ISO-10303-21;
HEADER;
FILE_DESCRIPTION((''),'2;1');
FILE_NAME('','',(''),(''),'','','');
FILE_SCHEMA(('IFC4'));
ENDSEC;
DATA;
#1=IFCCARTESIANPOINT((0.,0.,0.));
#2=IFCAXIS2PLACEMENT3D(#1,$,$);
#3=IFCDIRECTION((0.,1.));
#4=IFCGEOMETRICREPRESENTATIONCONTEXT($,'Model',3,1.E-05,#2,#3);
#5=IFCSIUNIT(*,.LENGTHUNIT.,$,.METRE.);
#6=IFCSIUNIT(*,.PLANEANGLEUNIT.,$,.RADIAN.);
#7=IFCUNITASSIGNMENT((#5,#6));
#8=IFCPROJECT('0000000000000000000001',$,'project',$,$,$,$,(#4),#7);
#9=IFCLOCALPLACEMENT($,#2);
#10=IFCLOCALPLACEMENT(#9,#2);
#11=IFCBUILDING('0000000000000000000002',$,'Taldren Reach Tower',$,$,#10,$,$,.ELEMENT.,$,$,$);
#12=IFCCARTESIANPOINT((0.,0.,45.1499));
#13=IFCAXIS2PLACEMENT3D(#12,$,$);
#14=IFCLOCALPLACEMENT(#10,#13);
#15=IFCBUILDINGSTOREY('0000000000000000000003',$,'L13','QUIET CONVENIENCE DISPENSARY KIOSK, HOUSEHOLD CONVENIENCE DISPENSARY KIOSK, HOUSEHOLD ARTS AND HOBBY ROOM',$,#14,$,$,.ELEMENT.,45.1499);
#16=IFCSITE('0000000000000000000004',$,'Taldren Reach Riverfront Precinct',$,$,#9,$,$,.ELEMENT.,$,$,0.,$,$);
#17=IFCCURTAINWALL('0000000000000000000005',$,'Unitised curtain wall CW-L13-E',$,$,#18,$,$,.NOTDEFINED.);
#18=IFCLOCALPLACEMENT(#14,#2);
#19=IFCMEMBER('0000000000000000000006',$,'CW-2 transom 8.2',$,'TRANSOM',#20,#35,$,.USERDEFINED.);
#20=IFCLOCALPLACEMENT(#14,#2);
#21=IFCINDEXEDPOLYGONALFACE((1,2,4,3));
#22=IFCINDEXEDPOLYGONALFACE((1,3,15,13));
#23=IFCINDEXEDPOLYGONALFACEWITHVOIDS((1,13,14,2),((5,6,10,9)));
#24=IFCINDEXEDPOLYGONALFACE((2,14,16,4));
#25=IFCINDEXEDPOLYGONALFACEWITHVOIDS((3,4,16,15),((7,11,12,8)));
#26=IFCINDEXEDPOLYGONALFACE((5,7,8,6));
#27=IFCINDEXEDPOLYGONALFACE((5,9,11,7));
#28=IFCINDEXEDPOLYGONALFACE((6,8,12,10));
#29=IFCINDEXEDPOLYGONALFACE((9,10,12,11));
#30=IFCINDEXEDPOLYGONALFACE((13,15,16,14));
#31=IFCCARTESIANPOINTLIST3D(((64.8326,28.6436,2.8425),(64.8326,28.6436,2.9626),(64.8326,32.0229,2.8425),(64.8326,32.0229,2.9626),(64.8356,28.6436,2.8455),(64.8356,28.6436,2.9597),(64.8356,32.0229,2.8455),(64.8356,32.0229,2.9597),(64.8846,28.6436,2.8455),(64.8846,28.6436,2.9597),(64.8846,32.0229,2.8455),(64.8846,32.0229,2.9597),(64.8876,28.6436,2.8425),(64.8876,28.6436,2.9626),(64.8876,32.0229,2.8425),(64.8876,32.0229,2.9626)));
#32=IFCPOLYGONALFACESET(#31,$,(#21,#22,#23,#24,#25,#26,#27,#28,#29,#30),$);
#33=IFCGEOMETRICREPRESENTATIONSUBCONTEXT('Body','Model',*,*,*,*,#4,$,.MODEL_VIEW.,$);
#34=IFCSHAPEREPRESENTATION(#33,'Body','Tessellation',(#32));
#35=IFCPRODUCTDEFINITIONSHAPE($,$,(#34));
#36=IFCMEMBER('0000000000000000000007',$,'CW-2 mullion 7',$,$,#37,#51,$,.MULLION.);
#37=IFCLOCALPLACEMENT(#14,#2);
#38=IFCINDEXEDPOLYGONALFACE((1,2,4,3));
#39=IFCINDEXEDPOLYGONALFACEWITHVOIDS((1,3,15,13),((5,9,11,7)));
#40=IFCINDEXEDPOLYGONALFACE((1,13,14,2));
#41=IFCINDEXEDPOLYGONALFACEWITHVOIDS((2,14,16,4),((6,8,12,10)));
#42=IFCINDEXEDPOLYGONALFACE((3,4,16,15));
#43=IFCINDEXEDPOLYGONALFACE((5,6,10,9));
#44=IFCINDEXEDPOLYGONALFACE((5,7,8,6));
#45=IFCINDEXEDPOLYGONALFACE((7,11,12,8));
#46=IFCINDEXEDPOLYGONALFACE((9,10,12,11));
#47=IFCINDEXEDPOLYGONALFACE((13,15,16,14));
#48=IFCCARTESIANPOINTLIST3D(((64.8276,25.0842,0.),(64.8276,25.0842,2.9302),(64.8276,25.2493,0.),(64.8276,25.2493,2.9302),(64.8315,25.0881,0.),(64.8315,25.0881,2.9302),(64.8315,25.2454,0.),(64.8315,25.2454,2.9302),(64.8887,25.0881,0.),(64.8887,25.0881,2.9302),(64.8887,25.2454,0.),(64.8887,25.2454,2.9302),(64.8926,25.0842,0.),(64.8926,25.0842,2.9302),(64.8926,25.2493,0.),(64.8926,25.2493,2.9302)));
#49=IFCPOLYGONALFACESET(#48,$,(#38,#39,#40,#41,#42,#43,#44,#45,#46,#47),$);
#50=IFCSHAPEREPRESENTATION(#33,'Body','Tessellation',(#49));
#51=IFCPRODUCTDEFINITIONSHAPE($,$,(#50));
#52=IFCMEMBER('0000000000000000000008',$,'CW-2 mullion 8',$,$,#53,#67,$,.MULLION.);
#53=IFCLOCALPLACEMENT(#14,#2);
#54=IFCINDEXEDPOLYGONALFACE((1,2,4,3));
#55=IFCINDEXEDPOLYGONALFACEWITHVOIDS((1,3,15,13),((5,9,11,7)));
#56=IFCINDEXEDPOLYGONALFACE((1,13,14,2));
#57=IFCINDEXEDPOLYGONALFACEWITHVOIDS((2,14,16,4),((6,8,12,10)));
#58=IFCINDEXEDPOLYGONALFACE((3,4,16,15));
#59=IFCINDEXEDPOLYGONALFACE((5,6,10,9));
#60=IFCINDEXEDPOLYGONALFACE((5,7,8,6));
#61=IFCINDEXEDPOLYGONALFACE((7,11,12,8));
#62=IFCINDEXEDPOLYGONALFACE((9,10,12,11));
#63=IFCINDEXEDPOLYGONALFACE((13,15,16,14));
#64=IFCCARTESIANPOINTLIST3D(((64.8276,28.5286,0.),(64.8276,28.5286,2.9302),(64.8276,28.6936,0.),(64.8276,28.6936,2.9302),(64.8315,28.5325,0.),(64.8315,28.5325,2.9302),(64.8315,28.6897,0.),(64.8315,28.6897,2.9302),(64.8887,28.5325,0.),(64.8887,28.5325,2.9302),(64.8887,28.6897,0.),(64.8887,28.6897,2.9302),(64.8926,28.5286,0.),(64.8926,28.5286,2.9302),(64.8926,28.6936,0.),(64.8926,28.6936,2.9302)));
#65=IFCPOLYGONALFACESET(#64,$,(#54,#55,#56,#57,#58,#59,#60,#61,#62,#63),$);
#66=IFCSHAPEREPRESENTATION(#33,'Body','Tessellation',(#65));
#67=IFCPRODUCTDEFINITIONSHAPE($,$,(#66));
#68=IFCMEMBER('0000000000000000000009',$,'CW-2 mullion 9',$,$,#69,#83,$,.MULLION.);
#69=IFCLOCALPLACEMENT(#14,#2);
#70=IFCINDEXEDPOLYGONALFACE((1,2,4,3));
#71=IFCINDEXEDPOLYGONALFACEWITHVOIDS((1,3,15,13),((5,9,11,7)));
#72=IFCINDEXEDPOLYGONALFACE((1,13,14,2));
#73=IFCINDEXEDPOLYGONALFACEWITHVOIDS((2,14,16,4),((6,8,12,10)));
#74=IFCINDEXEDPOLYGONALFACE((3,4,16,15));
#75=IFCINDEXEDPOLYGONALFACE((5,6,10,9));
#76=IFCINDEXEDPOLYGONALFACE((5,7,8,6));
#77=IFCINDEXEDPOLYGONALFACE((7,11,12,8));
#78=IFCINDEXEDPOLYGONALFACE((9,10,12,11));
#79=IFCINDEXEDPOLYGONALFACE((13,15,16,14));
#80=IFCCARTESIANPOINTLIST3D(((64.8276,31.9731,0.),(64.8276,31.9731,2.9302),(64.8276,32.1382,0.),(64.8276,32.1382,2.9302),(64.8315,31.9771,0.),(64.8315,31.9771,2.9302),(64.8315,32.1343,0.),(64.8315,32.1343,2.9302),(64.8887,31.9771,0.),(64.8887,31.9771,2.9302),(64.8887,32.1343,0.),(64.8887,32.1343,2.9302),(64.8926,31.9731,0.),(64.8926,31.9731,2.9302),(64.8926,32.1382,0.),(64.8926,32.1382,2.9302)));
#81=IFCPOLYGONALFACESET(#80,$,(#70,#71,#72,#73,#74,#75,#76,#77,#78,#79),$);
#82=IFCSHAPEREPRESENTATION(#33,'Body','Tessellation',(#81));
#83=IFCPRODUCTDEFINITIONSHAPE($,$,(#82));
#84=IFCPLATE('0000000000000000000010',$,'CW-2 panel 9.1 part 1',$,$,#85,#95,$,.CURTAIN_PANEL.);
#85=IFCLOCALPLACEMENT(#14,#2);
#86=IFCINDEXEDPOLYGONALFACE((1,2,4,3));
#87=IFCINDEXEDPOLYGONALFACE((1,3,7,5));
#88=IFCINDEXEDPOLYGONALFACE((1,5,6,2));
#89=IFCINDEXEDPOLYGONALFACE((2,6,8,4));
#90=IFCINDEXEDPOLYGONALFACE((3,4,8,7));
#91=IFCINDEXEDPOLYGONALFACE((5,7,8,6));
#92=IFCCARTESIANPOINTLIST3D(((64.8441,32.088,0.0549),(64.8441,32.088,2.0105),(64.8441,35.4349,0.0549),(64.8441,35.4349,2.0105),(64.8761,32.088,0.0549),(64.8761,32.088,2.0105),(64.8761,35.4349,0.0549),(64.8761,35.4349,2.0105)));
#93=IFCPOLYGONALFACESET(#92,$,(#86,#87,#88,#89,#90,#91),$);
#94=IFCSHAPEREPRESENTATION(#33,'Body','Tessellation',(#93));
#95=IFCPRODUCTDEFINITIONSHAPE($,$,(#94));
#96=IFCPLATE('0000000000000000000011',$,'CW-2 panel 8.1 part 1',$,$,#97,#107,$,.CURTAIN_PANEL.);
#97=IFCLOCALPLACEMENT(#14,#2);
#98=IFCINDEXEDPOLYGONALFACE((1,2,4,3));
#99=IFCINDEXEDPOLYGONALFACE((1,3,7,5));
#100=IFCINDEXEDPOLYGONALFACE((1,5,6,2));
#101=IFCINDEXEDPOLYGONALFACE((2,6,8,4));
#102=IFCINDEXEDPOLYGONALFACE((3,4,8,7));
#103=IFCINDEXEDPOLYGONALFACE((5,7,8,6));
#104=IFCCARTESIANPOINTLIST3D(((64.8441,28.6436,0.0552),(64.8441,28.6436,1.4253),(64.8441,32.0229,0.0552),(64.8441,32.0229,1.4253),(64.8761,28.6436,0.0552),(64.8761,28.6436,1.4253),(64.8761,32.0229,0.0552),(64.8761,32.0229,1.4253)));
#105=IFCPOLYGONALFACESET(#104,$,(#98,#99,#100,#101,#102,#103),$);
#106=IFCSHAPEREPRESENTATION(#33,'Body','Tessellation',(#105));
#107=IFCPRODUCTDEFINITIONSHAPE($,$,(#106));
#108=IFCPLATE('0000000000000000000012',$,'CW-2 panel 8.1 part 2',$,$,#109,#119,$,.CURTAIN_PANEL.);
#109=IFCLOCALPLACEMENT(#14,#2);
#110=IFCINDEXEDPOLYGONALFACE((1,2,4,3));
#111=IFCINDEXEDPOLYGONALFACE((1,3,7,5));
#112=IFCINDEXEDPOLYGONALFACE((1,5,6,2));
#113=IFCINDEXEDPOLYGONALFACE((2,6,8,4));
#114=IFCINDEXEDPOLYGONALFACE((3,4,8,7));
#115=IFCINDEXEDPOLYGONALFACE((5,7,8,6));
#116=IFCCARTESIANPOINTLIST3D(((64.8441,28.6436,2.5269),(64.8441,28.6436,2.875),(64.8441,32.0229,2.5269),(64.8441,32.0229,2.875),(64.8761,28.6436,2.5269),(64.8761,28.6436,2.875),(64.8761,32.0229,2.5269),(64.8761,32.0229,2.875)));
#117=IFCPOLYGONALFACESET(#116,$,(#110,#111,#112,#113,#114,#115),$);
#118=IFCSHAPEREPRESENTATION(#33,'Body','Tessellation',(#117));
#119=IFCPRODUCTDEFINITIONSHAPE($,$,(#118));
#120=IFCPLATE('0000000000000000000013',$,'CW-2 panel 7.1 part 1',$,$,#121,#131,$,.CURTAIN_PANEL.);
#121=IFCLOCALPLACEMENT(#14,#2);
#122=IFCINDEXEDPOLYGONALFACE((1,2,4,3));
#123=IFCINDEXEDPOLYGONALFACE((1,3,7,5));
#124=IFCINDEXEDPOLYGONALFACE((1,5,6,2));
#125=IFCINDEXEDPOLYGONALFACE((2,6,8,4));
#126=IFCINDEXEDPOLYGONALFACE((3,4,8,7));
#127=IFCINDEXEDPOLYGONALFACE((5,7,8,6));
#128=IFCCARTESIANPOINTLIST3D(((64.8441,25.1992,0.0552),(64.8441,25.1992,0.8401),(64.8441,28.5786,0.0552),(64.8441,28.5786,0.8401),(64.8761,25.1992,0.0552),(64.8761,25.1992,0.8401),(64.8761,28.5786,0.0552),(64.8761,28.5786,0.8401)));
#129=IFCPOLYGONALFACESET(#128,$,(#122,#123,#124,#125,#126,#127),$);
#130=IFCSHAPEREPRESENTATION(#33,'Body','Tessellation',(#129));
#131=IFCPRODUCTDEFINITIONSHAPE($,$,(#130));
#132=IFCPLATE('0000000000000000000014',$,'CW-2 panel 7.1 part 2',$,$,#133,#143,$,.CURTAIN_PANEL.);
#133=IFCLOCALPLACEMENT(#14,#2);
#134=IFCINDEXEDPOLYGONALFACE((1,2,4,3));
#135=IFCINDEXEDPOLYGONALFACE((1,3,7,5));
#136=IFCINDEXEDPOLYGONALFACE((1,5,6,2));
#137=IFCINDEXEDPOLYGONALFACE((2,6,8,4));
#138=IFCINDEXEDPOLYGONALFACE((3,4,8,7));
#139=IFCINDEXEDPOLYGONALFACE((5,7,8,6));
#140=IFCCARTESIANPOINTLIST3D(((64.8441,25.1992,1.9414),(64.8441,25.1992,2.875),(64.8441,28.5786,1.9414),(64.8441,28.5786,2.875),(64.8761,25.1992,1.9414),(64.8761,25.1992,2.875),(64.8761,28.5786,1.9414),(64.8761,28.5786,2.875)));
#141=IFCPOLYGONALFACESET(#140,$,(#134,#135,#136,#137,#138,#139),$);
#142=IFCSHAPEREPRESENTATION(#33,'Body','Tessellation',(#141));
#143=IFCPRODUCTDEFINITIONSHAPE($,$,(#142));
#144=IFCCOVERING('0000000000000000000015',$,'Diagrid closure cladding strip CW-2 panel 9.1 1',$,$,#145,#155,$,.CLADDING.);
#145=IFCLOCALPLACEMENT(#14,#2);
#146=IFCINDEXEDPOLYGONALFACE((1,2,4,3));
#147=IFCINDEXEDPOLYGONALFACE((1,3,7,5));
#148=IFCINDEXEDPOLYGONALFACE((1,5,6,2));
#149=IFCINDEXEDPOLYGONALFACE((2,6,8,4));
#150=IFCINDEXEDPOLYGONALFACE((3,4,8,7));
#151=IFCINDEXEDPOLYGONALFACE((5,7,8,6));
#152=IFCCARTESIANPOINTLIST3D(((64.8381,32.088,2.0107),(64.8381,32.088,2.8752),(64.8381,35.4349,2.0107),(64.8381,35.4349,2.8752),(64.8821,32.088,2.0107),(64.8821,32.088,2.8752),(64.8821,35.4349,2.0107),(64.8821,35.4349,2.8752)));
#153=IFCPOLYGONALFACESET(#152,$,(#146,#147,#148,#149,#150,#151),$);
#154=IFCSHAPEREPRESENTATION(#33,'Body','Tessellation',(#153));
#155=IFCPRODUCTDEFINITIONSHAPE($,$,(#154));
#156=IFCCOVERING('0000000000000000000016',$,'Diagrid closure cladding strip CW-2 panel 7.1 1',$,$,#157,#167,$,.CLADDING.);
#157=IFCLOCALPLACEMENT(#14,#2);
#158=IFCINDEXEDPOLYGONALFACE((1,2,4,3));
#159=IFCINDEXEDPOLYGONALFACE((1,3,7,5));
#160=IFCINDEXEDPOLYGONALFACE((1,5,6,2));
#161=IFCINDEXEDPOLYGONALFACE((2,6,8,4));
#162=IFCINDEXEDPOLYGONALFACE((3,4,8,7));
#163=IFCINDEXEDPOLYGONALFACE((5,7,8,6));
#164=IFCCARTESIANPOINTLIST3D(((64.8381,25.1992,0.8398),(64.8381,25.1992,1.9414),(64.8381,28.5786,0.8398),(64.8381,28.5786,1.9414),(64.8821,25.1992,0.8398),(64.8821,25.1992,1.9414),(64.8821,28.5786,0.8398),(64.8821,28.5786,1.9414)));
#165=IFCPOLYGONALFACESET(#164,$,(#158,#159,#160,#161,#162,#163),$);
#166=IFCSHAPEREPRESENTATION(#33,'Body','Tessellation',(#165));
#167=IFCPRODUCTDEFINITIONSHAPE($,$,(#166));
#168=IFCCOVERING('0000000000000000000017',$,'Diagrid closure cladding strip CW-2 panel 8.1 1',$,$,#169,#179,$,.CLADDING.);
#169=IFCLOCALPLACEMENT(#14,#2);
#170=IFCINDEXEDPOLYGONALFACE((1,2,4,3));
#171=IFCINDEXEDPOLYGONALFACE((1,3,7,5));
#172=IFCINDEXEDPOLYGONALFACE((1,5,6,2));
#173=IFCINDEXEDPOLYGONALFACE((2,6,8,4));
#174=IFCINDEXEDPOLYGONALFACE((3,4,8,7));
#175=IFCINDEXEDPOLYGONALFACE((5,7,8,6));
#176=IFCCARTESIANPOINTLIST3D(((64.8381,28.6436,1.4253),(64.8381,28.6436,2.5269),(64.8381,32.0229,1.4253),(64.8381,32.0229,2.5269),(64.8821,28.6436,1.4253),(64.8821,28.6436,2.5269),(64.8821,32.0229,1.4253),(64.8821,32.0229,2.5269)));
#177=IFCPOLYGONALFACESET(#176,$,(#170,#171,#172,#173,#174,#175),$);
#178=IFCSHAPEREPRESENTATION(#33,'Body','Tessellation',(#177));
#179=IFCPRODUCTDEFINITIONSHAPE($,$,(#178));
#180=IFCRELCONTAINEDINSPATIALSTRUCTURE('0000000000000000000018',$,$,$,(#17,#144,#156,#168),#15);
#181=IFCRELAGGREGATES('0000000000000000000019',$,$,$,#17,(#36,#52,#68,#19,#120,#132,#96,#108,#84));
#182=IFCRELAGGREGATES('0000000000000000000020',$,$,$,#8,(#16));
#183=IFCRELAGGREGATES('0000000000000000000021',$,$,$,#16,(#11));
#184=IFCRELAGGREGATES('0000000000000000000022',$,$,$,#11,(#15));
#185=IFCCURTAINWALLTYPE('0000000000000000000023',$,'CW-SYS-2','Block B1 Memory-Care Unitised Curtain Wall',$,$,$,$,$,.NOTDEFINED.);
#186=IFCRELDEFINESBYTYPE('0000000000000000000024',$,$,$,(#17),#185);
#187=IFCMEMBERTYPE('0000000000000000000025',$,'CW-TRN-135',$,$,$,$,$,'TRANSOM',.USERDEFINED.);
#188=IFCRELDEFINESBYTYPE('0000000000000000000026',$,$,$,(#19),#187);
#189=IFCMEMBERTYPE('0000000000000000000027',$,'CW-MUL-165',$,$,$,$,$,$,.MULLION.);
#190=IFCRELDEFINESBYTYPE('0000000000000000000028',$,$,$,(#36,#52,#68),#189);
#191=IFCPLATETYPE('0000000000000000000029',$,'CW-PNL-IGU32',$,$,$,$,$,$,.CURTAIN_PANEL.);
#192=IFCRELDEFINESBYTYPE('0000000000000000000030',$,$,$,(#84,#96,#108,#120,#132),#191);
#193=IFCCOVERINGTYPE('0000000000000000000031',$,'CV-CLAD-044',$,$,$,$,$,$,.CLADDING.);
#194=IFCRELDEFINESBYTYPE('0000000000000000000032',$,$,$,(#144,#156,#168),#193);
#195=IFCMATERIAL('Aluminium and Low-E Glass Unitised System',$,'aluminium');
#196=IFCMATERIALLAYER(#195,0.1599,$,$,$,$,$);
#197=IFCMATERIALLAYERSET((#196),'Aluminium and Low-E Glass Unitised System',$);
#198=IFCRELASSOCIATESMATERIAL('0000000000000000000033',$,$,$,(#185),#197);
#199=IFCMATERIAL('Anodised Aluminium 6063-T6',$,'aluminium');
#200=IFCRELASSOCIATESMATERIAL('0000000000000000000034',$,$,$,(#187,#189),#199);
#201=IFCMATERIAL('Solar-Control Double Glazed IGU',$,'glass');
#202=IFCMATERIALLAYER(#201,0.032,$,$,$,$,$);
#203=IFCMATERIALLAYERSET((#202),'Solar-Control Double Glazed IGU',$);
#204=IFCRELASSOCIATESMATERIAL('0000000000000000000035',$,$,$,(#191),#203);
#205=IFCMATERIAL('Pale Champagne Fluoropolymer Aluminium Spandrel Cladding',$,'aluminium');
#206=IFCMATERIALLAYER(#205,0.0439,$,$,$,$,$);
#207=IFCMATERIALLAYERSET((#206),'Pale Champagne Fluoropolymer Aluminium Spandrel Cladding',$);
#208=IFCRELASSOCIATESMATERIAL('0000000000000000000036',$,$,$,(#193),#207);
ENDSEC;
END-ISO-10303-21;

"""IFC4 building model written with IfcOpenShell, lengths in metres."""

from ifc_helpers import new_model, si_unit, direction, frame, origin, origin_2d, place, context, subcontext, project, spatial, rectangle, hollow_rectangle, extrude, source, transform, mapped, material, layer, layer_set, material_profile, profile_set, type_object, element, aggregate, save


model = new_model("IFC4")

# Units and contexts
model_context = context("Model", 3, precision=1e-05, world=origin(), true_north=direction((0.0, 1.0)))
body_context = subcontext(model_context, "Body", "Model", "MODEL_VIEW")
ifc_project = project(units=[si_unit("LENGTHUNIT", "METRE"), si_unit("PLANEANGLEUNIT", "RADIAN")], contexts=[model_context])

# Site, building, storey
site_placement = place(None, origin())
site = spatial("IfcSite", under=ifc_project, at=site_placement, Name="Taldren Reach Riverfront Precinct", CompositionType="ELEMENT", RefElevation=0.0)
building_placement = place(site_placement, origin())
building = spatial("IfcBuilding", under=site, at=building_placement, Name="Taldren Reach Tower", CompositionType="ELEMENT")
storey_placement = place(building_placement, frame((0.0, 0.0, 45.1499)))
storey = spatial("IfcBuildingStorey", under=building, at=storey_placement, Name="L13", Description="QUIET CONVENIENCE DISPENSARY KIOSK, HOUSEHOLD CONVENIENCE DISPENSARY KIOSK, HOUSEHOLD ARTS AND HOBBY ROOM", CompositionType="ELEMENT", Elevation=45.1499)

# Curtain wall, members, plates
ifc_material_1 = material(Name="Aluminium and Low-E Glass Unitised System", Category="aluminium")
ifc_layer_1 = layer(ifc_material_1, 0.1599)
ifc_layer_set_1 = layer_set([ifc_layer_1], Name="Aluminium and Low-E Glass Unitised System")
curtain_wall_type = type_object("IfcCurtainWallType", Name="CW-SYS-2", Description="Block B1 Memory-Care Unitised Curtain Wall", PredefinedType="NOTDEFINED", material=ifc_layer_set_1)
curtain_wall_placement = place(storey_placement, origin())
curtain_wall = element("IfcCurtainWall", 1, at=curtain_wall_placement, inside=storey, type_object=curtain_wall_type, Name="Unitised curtain wall CW-L13-E", PredefinedType="NOTDEFINED")
ifc_material_2 = material(Name="Anodised Aluminium 6063-T6", Category="aluminium")
ifc_material_profile_1 = material_profile(ifc_material_2, hollow_rectangle(XDim=0.0549, YDim=0.1201, WallThickness=0.0029, at=origin_2d()), Name="ALU-120x55x3RHS")
ifc_profile_set_1 = profile_set([ifc_material_profile_1], Name="Anodised Aluminium 6063-T6")
member_type_1 = type_object("IfcMemberType", Name="CW-TRN-135", ElementType="TRANSOM", PredefinedType="USERDEFINED", material=ifc_profile_set_1)
shared_shape_1 = source(origin(), body_context, "Body", "SweptSolid", [
    extrude(hollow_rectangle(XDim=0.0549, YDim=0.1201, WallThickness=0.0029, at=origin_2d()), origin(), (0.0, 0.0, 1.0), 3.3794),
])
member_1_placement = place(storey_placement, frame((64.8601, 28.6436, 2.9026), z_axis=(0.0, 1.0, 0.0), x_axis=(-1.0, 0.0, 0.0)))
member_1 = element("IfcMember", 2, at=member_1_placement, type_object=member_type_1, Name="CW-2 transom 8.2", ObjectType="TRANSOM", PredefinedType="USERDEFINED", context=body_context, shape_type="MappedRepresentation", body=[
    mapped(shared_shape_1, transform((0.0, 0.0, 0.0), scale=1.0)),
])
ifc_material_profile_2 = material_profile(ifc_material_2, hollow_rectangle(XDim=0.0649, YDim=0.165, WallThickness=0.0039, at=origin_2d()), Name="ALU-165x65x4RHS")
ifc_profile_set_2 = profile_set([ifc_material_profile_2], Name="Anodised Aluminium 6063-T6")
member_type_2 = type_object("IfcMemberType", Name="CW-MUL-165", PredefinedType="MULLION", material=ifc_profile_set_2)
shared_shape_2 = source(origin(), body_context, "Body", "SweptSolid", [
    extrude(hollow_rectangle(XDim=0.0649, YDim=0.165, WallThickness=0.0039, at=origin_2d()), origin(), (0.0, 0.0, 1.0), 2.9302),
])
member_2_placement = place(storey_placement, frame((64.8601, 25.1667, 0.0), z_axis=(0.0, 0.0, 1.0), x_axis=(-1.0, 0.0, 0.0)))
member_2 = element("IfcMember", 3, at=member_2_placement, type_object=member_type_2, Name="CW-2 mullion 7", PredefinedType="MULLION", context=body_context, shape_type="MappedRepresentation", body=[
    mapped(shared_shape_2, transform((0.0, 0.0, 0.0), scale=1.0)),
])
member_3_placement = place(storey_placement, frame((64.8601, 28.6111, 0.0), z_axis=(0.0, 0.0, 1.0), x_axis=(-1.0, 0.0, 0.0)))
member_3 = element("IfcMember", 4, at=member_3_placement, type_object=member_type_2, Name="CW-2 mullion 8", PredefinedType="MULLION", context=body_context, shape_type="MappedRepresentation", body=[
    mapped(shared_shape_2, transform((0.0, 0.0, 0.0), scale=1.0)),
])
member_4_placement = place(storey_placement, frame((64.8601, 32.0557, 0.0), z_axis=(0.0, 0.0, 1.0), x_axis=(-1.0, 0.0, 0.0)))
member_4 = element("IfcMember", 5, at=member_4_placement, type_object=member_type_2, Name="CW-2 mullion 9", PredefinedType="MULLION", context=body_context, shape_type="MappedRepresentation", body=[
    mapped(shared_shape_2, transform((0.0, 0.0, 0.0), scale=1.0)),
])
ifc_material_3 = material(Name="Solar-Control Double Glazed IGU", Category="glass")
ifc_layer_2 = layer(ifc_material_3, 0.032)
ifc_layer_set_2 = layer_set([ifc_layer_2], Name="Solar-Control Double Glazed IGU")
plate_type = type_object("IfcPlateType", Name="CW-PNL-IGU32", PredefinedType="CURTAIN_PANEL", material=ifc_layer_set_2)
shared_shape_3 = source(origin(), body_context, "Body", "SweptSolid", [
    extrude(rectangle(XDim=3.3469, YDim=0.032, at=origin_2d()), origin(), (0.0, 0.0, 1.0), 1.9556),
])
plate_1_placement = place(storey_placement, frame((64.8601, 33.7615, 0.0549), z_axis=(0.0, 0.0, 1.0), x_axis=(0.0, 1.0, 0.0)))
plate_1 = element("IfcPlate", 6, at=plate_1_placement, type_object=plate_type, Name="CW-2 panel 9.1 part 1", PredefinedType="CURTAIN_PANEL", context=body_context, shape_type="MappedRepresentation", body=[
    mapped(shared_shape_3, transform((0.0, 0.0, 0.0), scale=1.0)),
])
shared_shape_4 = source(origin(), body_context, "Body", "SweptSolid", [
    extrude(rectangle(XDim=3.3794, YDim=0.032, at=origin_2d()), origin(), (0.0, 0.0, 1.0), 1.3701),
])
plate_2_placement = place(storey_placement, frame((64.8601, 30.3333, 0.0552), z_axis=(0.0, 0.0, 1.0), x_axis=(0.0, 1.0, 0.0)))
plate_2 = element("IfcPlate", 7, at=plate_2_placement, type_object=plate_type, Name="CW-2 panel 8.1 part 1", PredefinedType="CURTAIN_PANEL", context=body_context, shape_type="MappedRepresentation", body=[
    mapped(shared_shape_4, transform((0.0, 0.0, 0.0), scale=1.0)),
])
shared_shape_5 = source(origin(), body_context, "Body", "SweptSolid", [
    extrude(rectangle(XDim=3.3794, YDim=0.032, at=origin_2d()), origin(), (0.0, 0.0, 1.0), 0.3481),
])
plate_3_placement = place(storey_placement, frame((64.8601, 30.3333, 2.5269), z_axis=(0.0, 0.0, 1.0), x_axis=(0.0, 1.0, 0.0)))
plate_3 = element("IfcPlate", 8, at=plate_3_placement, type_object=plate_type, Name="CW-2 panel 8.1 part 2", PredefinedType="CURTAIN_PANEL", context=body_context, shape_type="MappedRepresentation", body=[
    mapped(shared_shape_5, transform((0.0, 0.0, 0.0), scale=1.0)),
])
shared_shape_6 = source(origin(), body_context, "Body", "SweptSolid", [
    extrude(rectangle(XDim=3.3794, YDim=0.032, at=origin_2d()), origin(), (0.0, 0.0, 1.0), 0.7849),
])
plate_4_placement = place(storey_placement, frame((64.8601, 26.8889, 0.0552), z_axis=(0.0, 0.0, 1.0), x_axis=(0.0, 1.0, 0.0)))
plate_4 = element("IfcPlate", 9, at=plate_4_placement, type_object=plate_type, Name="CW-2 panel 7.1 part 1", PredefinedType="CURTAIN_PANEL", context=body_context, shape_type="MappedRepresentation", body=[
    mapped(shared_shape_6, transform((0.0, 0.0, 0.0), scale=1.0)),
])
shared_shape_7 = source(origin(), body_context, "Body", "SweptSolid", [
    extrude(rectangle(XDim=3.3794, YDim=0.032, at=origin_2d()), origin(), (0.0, 0.0, 1.0), 0.9336),
])
plate_5_placement = place(storey_placement, frame((64.8601, 26.8889, 1.9414), z_axis=(0.0, 0.0, 1.0), x_axis=(0.0, 1.0, 0.0)))
plate_5 = element("IfcPlate", 10, at=plate_5_placement, type_object=plate_type, Name="CW-2 panel 7.1 part 2", PredefinedType="CURTAIN_PANEL", context=body_context, shape_type="MappedRepresentation", body=[
    mapped(shared_shape_7, transform((0.0, 0.0, 0.0), scale=1.0)),
])
aggregate(curtain_wall, [member_2, member_3, member_4, member_1, plate_4, plate_5, plate_2, plate_3, plate_1])

# Coverings
ifc_material_4 = material(Name="Pale Champagne Fluoropolymer Aluminium Spandrel Cladding", Category="aluminium")
ifc_layer_3 = layer(ifc_material_4, 0.0439)
ifc_layer_set_3 = layer_set([ifc_layer_3], Name="Pale Champagne Fluoropolymer Aluminium Spandrel Cladding")
covering_type = type_object("IfcCoveringType", Name="CV-CLAD-044", PredefinedType="CLADDING", material=ifc_layer_set_3)
shared_shape_8 = source(origin(), body_context, "Body", "SweptSolid", [
    extrude(rectangle(XDim=3.3469, YDim=0.0439, at=origin_2d()), origin(), (0.0, 0.0, 1.0), 0.8645),
])
covering_placement = place(storey_placement, frame((64.8601, 33.7615, 2.0107), z_axis=(0.0, 0.0, 1.0), x_axis=(0.0, 1.0, 0.0)))
element("IfcCovering", 11, at=covering_placement, inside=storey, type_object=covering_type, Name="Diagrid closure cladding strip CW-2 panel 9.1 1", PredefinedType="CLADDING", context=body_context, shape_type="MappedRepresentation", body=[
    mapped(shared_shape_8, transform((0.0, 0.0, 0.0), scale=1.0)),
])
shared_shape_9 = source(origin(), body_context, "Body", "SweptSolid", [
    extrude(rectangle(XDim=3.3794, YDim=0.0439, at=origin_2d()), origin(), (0.0, 0.0, 1.0), 1.1016),
])
for number, where, z_axis, x_axis, name in (
    (12, (64.8601, 26.8889, 0.8398), (0.0, 0.0, 1.0), (0.0, 1.0, 0.0), "Diagrid closure cladding strip CW-2 panel 7.1 1"),
    (13, (64.8601, 30.3333, 1.4253), (0.0, 0.0, 1.0), (0.0, 1.0, 0.0), "Diagrid closure cladding strip CW-2 panel 8.1 1"),
):
    element("IfcCovering", number, at=place(storey_placement, frame(where, z_axis=z_axis, x_axis=x_axis)), inside=storey, type_object=covering_type, Name=name, PredefinedType="CLADDING", context=body_context, shape_type="MappedRepresentation", body=[
        mapped(shared_shape_9, transform((0.0, 0.0, 0.0), scale=1.0)),
    ])

save(model, "model.ifc")
